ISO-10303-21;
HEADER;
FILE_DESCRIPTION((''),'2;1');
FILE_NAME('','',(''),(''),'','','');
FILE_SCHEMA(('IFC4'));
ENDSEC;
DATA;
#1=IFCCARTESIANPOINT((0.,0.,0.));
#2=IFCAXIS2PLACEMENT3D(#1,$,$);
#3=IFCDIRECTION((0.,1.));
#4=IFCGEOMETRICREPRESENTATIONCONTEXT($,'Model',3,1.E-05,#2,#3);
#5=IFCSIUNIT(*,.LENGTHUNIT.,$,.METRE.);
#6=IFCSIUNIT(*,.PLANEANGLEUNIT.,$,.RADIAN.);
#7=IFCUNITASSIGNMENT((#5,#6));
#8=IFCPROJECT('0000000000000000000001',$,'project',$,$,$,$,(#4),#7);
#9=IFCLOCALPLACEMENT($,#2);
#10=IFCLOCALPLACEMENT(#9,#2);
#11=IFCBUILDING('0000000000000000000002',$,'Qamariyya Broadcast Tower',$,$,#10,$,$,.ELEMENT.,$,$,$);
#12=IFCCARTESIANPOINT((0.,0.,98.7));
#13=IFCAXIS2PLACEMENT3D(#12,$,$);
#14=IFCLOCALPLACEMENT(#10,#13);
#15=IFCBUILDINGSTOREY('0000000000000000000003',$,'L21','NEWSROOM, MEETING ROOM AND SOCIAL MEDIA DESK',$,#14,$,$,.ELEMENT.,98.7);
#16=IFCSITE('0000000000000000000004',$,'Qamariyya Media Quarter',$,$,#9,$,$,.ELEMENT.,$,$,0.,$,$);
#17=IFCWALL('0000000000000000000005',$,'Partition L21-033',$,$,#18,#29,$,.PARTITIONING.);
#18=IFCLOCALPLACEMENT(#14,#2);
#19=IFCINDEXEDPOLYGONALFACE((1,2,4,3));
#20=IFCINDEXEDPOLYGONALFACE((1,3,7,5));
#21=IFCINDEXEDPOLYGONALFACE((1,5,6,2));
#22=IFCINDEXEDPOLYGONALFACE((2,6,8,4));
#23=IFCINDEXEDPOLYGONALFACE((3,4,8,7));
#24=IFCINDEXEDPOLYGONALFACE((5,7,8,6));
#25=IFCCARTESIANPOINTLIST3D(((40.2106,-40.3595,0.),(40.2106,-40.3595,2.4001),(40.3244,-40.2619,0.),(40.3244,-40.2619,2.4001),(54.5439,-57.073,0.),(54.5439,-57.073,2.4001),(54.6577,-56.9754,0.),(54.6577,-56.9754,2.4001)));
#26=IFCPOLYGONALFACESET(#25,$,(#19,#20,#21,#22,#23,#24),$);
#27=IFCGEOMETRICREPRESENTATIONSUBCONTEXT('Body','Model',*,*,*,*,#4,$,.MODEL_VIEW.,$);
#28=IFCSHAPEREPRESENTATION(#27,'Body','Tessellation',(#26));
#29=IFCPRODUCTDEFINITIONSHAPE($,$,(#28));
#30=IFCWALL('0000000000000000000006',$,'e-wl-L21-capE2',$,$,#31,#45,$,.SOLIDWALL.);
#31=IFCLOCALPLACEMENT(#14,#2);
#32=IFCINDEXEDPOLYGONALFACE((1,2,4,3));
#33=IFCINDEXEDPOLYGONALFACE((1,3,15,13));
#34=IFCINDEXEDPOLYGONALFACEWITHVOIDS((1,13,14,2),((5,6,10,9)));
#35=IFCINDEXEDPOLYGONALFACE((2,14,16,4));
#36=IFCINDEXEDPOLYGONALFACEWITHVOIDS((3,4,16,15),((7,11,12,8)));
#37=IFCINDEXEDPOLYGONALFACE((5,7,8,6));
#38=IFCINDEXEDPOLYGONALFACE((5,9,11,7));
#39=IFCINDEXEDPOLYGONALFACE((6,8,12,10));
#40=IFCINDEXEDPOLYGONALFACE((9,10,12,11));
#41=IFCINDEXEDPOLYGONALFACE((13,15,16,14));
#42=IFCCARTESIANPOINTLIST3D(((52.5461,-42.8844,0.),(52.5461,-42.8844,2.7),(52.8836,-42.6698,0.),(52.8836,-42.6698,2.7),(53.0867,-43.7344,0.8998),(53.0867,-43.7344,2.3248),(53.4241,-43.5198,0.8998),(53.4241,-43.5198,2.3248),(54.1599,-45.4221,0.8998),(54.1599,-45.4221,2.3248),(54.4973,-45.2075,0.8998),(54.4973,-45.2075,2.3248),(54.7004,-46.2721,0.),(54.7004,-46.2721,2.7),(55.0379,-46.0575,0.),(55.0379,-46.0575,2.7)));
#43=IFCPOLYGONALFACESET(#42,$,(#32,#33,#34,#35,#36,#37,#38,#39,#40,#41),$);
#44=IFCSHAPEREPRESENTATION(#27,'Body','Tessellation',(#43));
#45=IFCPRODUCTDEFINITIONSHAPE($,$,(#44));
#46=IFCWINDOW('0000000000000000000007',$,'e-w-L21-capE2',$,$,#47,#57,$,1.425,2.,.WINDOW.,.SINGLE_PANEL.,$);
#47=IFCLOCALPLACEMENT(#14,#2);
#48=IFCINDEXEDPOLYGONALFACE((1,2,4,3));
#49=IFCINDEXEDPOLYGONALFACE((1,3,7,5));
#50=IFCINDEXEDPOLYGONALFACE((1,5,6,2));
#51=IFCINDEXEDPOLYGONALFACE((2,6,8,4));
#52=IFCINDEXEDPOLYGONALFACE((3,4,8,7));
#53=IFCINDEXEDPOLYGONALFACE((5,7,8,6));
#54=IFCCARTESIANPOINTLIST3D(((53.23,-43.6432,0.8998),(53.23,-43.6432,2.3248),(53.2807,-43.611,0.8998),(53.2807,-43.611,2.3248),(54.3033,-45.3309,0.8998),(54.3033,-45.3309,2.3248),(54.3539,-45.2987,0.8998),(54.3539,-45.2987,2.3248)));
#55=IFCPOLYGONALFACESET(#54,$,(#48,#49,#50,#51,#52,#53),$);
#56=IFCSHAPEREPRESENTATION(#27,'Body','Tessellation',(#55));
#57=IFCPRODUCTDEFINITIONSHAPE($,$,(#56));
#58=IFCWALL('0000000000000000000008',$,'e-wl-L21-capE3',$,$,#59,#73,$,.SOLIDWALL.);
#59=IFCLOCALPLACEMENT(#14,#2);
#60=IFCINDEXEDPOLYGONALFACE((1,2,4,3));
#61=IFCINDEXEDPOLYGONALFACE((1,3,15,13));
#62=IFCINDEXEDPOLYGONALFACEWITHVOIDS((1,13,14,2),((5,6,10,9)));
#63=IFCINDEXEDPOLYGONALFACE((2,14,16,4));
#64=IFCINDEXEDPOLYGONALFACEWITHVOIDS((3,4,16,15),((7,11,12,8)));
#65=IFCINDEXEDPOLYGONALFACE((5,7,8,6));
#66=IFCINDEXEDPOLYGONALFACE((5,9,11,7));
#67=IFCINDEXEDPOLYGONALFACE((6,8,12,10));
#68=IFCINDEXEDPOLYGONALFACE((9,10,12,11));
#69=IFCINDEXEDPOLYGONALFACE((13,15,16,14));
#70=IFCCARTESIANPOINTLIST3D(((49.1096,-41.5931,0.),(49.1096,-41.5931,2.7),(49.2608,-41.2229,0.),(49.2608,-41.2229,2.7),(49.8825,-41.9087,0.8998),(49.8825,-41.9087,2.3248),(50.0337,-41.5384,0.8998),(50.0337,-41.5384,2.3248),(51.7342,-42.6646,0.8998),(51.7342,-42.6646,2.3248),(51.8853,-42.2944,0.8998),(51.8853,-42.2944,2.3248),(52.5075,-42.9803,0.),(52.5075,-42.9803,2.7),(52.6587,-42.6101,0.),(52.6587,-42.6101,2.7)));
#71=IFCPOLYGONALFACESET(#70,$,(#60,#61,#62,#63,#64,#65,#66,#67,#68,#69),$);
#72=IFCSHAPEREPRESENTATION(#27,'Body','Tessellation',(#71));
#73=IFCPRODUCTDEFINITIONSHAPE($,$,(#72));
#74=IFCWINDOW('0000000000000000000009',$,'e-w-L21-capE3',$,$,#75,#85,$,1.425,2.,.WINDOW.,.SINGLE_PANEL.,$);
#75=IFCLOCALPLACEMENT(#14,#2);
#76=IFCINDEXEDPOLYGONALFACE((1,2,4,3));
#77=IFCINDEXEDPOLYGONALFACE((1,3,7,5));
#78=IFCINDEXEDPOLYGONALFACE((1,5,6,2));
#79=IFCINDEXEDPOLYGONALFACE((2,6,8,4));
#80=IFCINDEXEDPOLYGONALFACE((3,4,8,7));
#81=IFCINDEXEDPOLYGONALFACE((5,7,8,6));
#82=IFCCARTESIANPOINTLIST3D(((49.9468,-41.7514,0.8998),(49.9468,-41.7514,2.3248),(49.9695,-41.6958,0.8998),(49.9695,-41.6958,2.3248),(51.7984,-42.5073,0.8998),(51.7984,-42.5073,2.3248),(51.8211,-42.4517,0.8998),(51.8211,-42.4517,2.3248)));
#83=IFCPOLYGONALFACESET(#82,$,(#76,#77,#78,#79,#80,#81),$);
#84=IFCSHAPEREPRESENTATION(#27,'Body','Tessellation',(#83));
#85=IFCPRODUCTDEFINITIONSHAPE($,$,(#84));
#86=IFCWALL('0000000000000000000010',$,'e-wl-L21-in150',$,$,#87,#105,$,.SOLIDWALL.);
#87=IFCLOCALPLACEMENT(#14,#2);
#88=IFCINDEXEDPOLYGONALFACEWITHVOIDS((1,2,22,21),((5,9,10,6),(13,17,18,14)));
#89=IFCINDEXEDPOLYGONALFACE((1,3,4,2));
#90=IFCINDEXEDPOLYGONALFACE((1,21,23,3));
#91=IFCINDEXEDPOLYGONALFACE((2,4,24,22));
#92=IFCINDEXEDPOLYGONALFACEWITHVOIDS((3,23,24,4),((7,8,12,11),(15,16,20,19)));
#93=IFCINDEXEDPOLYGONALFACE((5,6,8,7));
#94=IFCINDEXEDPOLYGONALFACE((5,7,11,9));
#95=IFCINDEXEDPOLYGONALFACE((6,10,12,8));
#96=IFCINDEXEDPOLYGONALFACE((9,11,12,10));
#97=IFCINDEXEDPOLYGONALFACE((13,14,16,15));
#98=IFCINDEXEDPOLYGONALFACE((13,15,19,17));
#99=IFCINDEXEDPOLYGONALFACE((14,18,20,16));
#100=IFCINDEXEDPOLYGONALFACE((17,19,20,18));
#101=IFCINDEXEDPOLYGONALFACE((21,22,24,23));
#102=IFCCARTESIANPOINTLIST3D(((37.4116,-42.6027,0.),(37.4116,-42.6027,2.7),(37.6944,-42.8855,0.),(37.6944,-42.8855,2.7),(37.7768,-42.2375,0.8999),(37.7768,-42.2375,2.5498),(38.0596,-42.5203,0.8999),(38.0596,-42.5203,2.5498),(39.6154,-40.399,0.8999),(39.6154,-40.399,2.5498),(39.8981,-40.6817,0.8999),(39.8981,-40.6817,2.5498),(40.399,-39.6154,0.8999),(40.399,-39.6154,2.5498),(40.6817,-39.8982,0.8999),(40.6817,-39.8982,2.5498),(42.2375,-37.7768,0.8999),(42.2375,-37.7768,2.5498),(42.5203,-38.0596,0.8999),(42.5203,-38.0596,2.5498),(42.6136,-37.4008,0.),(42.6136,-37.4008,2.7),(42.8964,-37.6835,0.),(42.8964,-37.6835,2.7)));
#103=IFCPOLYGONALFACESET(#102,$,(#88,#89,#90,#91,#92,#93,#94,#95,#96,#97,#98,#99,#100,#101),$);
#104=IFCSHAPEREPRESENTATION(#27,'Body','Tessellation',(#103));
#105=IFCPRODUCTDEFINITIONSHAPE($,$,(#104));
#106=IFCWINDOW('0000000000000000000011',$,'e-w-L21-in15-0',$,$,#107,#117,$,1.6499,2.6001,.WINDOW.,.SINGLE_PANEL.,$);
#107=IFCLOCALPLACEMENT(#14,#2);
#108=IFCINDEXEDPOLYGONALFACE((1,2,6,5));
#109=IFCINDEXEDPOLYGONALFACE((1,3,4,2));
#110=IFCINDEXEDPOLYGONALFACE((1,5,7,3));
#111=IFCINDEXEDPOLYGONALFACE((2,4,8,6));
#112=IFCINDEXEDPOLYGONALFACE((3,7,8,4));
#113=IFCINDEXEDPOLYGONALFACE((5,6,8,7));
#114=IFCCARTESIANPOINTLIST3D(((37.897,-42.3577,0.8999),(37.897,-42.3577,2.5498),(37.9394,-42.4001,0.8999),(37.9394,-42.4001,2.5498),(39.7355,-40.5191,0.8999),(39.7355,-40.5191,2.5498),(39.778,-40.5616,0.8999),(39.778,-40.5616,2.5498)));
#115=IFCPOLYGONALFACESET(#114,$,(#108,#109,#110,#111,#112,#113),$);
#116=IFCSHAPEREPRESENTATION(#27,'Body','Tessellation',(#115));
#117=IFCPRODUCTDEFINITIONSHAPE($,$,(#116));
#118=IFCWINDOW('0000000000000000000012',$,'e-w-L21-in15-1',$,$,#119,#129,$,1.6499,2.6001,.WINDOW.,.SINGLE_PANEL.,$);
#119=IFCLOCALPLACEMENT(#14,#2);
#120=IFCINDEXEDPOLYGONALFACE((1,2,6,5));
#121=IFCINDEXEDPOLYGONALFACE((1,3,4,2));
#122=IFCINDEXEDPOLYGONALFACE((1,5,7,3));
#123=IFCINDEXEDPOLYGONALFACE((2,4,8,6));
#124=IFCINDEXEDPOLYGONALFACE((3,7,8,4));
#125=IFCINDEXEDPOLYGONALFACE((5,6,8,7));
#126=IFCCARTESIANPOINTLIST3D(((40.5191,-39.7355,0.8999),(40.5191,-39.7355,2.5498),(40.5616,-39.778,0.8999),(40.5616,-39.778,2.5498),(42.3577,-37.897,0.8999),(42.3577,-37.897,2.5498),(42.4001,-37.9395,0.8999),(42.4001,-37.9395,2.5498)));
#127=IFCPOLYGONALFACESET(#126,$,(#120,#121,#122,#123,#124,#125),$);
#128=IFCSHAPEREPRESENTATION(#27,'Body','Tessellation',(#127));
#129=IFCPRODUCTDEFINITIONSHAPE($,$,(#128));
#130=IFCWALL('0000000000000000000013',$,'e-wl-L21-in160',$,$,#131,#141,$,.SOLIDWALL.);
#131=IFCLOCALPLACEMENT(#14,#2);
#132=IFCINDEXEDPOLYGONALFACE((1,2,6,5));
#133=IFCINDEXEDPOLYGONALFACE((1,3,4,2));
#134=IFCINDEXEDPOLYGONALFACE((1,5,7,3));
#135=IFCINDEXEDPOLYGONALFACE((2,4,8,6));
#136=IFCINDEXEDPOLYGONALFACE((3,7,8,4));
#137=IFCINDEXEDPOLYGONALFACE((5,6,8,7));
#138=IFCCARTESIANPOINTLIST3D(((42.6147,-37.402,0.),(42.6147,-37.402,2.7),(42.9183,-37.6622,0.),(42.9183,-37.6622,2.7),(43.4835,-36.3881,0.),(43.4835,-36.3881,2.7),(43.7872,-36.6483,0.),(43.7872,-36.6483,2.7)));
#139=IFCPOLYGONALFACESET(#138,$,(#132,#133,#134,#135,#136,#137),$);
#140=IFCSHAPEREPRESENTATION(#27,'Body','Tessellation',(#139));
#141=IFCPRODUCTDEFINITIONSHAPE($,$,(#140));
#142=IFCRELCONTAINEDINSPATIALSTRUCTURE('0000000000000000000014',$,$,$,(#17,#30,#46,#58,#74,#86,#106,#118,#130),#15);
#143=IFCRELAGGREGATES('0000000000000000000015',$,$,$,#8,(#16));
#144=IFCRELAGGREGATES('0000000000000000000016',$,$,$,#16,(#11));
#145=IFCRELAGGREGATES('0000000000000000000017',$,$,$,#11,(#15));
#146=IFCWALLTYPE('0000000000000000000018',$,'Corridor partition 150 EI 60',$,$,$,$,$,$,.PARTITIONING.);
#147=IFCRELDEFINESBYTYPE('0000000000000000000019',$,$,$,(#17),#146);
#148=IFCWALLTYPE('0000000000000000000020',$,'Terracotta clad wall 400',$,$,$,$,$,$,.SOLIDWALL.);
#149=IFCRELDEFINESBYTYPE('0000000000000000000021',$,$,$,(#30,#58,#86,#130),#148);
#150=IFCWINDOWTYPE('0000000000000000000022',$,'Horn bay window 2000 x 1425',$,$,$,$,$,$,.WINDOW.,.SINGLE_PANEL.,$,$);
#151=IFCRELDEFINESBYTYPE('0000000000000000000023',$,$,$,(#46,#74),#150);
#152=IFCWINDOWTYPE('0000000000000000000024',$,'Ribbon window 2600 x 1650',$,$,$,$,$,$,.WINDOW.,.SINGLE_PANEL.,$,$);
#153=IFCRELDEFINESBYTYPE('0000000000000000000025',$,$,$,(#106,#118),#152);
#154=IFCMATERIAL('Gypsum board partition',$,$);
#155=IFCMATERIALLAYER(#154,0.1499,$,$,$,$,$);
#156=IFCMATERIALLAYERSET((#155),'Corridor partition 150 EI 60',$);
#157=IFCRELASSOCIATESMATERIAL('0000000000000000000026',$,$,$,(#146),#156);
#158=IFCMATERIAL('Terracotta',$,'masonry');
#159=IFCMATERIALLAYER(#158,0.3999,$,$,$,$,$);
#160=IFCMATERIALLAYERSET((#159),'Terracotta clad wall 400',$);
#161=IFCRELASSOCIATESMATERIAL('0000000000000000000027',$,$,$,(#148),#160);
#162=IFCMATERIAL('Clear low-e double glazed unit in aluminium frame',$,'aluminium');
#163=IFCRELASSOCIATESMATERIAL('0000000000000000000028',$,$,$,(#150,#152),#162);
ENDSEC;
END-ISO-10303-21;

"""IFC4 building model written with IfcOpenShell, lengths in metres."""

from ifc_helpers import new_model, si_unit, direction, frame, frame_2d, origin, place, context, subcontext, project, spatial, rectangle, extrude, material, layer, layer_set, type_object, element, fill, save


model = new_model("IFC4")

# Units and contexts
model_context = context("Model", 3, precision=1e-05, world=origin(), true_north=direction((0.0, 1.0)))
body_context = subcontext(model_context, "Body", "Model", "MODEL_VIEW")
ifc_project = project(units=[si_unit("LENGTHUNIT", "METRE"), si_unit("PLANEANGLEUNIT", "RADIAN")], contexts=[model_context])

# Site, building, storey
site_placement = place(None, origin())
site = spatial("IfcSite", under=ifc_project, at=site_placement, Name="Qamariyya Media Quarter", CompositionType="ELEMENT", RefElevation=0.0)
building_placement = place(site_placement, origin())
building = spatial("IfcBuilding", under=site, at=building_placement, Name="Qamariyya Broadcast Tower", CompositionType="ELEMENT")
storey_placement = place(building_placement, frame((0.0, 0.0, 98.7)))
storey = spatial("IfcBuildingStorey", under=building, at=storey_placement, Name="L21", Description="NEWSROOM, MEETING ROOM AND SOCIAL MEDIA DESK", CompositionType="ELEMENT", Elevation=98.7)

# Wall
ifc_material_1 = material(Name="Gypsum board partition")
ifc_layer_1 = layer(ifc_material_1, 0.1499)
ifc_layer_set_1 = layer_set([ifc_layer_1], Name="Corridor partition 150 EI 60")
wall_type_1 = type_object("IfcWallType", Name="Corridor partition 150 EI 60", PredefinedType="PARTITIONING", material=ifc_layer_set_1)
wall_1_placement = place(storey_placement, frame((40.2676, -40.3108, 0.0), z_axis=(0.0, 0.0, 1.0), x_axis=(0.650988, -0.759088, 0.0)))
element("IfcWall", 1, at=wall_1_placement, inside=storey, type_object=wall_type_1, Name="Partition L21-033", PredefinedType="PARTITIONING", context=body_context, shape_type="SweptSolid", body=[
    extrude(rectangle(XDim=22.0178, YDim=0.1499, at=frame_2d((11.0088, 0.0))), origin(), (0.0, 0.0, 1.0), 2.4001),
])

# Walls, openings, windows
ifc_material_2 = material(Name="Terracotta", Category="masonry")
ifc_layer_2 = layer(ifc_material_2, 0.3999)
ifc_layer_set_2 = layer_set([ifc_layer_2], Name="Terracotta clad wall 400")
wall_type_2 = type_object("IfcWallType", Name="Terracotta clad wall 400", PredefinedType="SOLIDWALL", material=ifc_layer_set_2)
wall_2_placement = place(storey_placement, frame((54.8691, -46.1648, 0.0), z_axis=(0.0, 0.0, 1.0), x_axis=(-0.536608, 0.843832, 0.0)))
wall_2 = element("IfcWall", 2, at=wall_2_placement, inside=storey, type_object=wall_type_2, Name="e-wl-L21-capE2", PredefinedType="SOLIDWALL", context=body_context, shape_type="SweptSolid", body=[
    extrude(rectangle(XDim=4.0146, YDim=0.3999, at=frame_2d((2.0073, 0.0))), origin(), (0.0, 0.0, 1.0), 2.7),
])
opening_1_placement = place(wall_2_placement, frame((1.0073, 0.0, 0.8999)))
opening_1 = element("IfcOpeningElement", 3, at=opening_1_placement, cuts=wall_2, PredefinedType="OPENING", context=body_context, shape_type="SweptSolid", body=[
    extrude(rectangle(XDim=2.0, YDim=1.425, at=frame_2d((1.0, 0.7124))), frame((0.0, 0.21, 0.0), z_axis=(0.0, -1.0, 0.0), x_axis=(1.0, 0.0, 0.0)), (0.0, 0.0, 1.0), 0.4199),
])
ifc_material_3 = material(Name="Clear low-e double glazed unit in aluminium frame", Category="aluminium")
window_type_1 = type_object("IfcWindowType", Name="Horn bay window 2000 x 1425", PartitioningType="SINGLE_PANEL", PredefinedType="WINDOW", material=ifc_material_3)
window_1_placement = place(opening_1_placement, origin())
window_1 = element("IfcWindow", 4, at=window_1_placement, inside=storey, type_object=window_type_1, Name="e-w-L21-capE2", OverallHeight=1.425, OverallWidth=2.0, PartitioningType="SINGLE_PANEL", PredefinedType="WINDOW", context=body_context, shape_type="SweptSolid", body=[
    extrude(rectangle(XDim=2.0, YDim=1.425, at=frame_2d((1.0, 0.7124))), frame((0.0, 0.03, 0.0), z_axis=(0.0, -1.0, 0.0), x_axis=(1.0, 0.0, 0.0)), (0.0, 0.0, 1.0), 0.0601),
])
fill(opening_1, window_1)
wall_3_placement = place(storey_placement, frame((52.583, -42.7952, 0.0), z_axis=(0.0, 0.0, 1.0), x_axis=(-0.92582, 0.377964, 0.0)))
wall_3 = element("IfcWall", 5, at=wall_3_placement, inside=storey, type_object=wall_type_2, Name="e-wl-L21-capE3", PredefinedType="SOLIDWALL", context=body_context, shape_type="SweptSolid", body=[
    extrude(rectangle(XDim=3.6702, YDim=0.3999, at=frame_2d((1.835, 0.0))), origin(), (0.0, 0.0, 1.0), 2.7),
])
opening_2_placement = place(wall_3_placement, frame((0.8352, 0.0, 0.8999)))
opening_2 = element("IfcOpeningElement", 6, at=opening_2_placement, cuts=wall_3, PredefinedType="OPENING", context=body_context, shape_type="SweptSolid", body=[
    extrude(rectangle(XDim=2.0, YDim=1.425, at=frame_2d((1.0, 0.7124))), frame((0.0, 0.21, 0.0), z_axis=(0.0, -1.0, 0.0), x_axis=(1.0, 0.0, 0.0)), (0.0, 0.0, 1.0), 0.4199),
])
window_2_placement = place(opening_2_placement, origin())
window_2 = element("IfcWindow", 7, at=window_2_placement, inside=storey, type_object=window_type_1, Name="e-w-L21-capE3", OverallHeight=1.425, OverallWidth=2.0, PartitioningType="SINGLE_PANEL", PredefinedType="WINDOW", context=body_context, shape_type="SweptSolid", body=[
    extrude(rectangle(XDim=2.0, YDim=1.425, at=frame_2d((1.0, 0.7124))), frame((0.0, 0.03, 0.0), z_axis=(0.0, -1.0, 0.0), x_axis=(1.0, 0.0, 0.0)), (0.0, 0.0, 1.0), 0.0601),
])
fill(opening_2, window_2)

# Wall, openings, windows
wall_4_placement = place(storey_placement, frame((42.7549, -37.5422, 0.0), z_axis=(0.0, 0.0, 1.0), x_axis=(-0.707107, -0.707107, 0.0)))
wall_4 = element("IfcWall", 8, at=wall_4_placement, inside=storey, type_object=wall_type_2, Name="e-wl-L21-in150", PredefinedType="SOLIDWALL", context=body_context, shape_type="SweptSolid", body=[
    extrude(rectangle(XDim=7.3567, YDim=0.3999, at=frame_2d((3.6782, 0.0))), origin(), (0.0, 0.0, 1.0), 2.7),
])
opening_3_placement = place(wall_4_placement, frame((4.24, 0.0, 0.8999)))
opening_3 = element("IfcOpeningElement", 9, at=opening_3_placement, cuts=wall_4, PredefinedType="OPENING", context=body_context, shape_type="SweptSolid", body=[
    extrude(rectangle(XDim=2.6001, YDim=1.6499, at=frame_2d((1.3, 0.825))), frame((0.0, 0.21, 0.0), z_axis=(0.0, -1.0, 0.0), x_axis=(1.0, 0.0, 0.0)), (0.0, 0.0, 1.0), 0.4199),
])
opening_4_placement = place(wall_4_placement, frame((0.5317, 0.0, 0.8999)))
opening_4 = element("IfcOpeningElement", 10, at=opening_4_placement, cuts=wall_4, PredefinedType="OPENING", context=body_context, shape_type="SweptSolid", body=[
    extrude(rectangle(XDim=2.6001, YDim=1.6499, at=frame_2d((1.3, 0.825))), frame((0.0, 0.21, 0.0), z_axis=(0.0, -1.0, 0.0), x_axis=(1.0, 0.0, 0.0)), (0.0, 0.0, 1.0), 0.4199),
])
window_type_2 = type_object("IfcWindowType", Name="Ribbon window 2600 x 1650", PartitioningType="SINGLE_PANEL", PredefinedType="WINDOW", material=ifc_material_3)
window_3_placement = place(opening_3_placement, origin())
window_3 = element("IfcWindow", 11, at=window_3_placement, inside=storey, type_object=window_type_2, Name="e-w-L21-in15-0", OverallHeight=1.6499, OverallWidth=2.6001, PartitioningType="SINGLE_PANEL", PredefinedType="WINDOW", context=body_context, shape_type="SweptSolid", body=[
    extrude(rectangle(XDim=2.6001, YDim=1.6499, at=frame_2d((1.3, 0.825))), frame((0.0, 0.03, 0.0), z_axis=(0.0, -1.0, 0.0), x_axis=(1.0, 0.0, 0.0)), (0.0, 0.0, 1.0), 0.0601),
])
fill(opening_3, window_3)
window_4_placement = place(opening_4_placement, origin())
window_4 = element("IfcWindow", 12, at=window_4_placement, inside=storey, type_object=window_type_2, Name="e-w-L21-in15-1", OverallHeight=1.6499, OverallWidth=2.6001, PartitioningType="SINGLE_PANEL", PredefinedType="WINDOW", context=body_context, shape_type="SweptSolid", body=[
    extrude(rectangle(XDim=2.6001, YDim=1.6499, at=frame_2d((1.3, 0.825))), frame((0.0, 0.03, 0.0), z_axis=(0.0, -1.0, 0.0), x_axis=(1.0, 0.0, 0.0)), (0.0, 0.0, 1.0), 0.0601),
])
fill(opening_4, window_4)

# Wall
wall_5_placement = place(storey_placement, frame((43.6353, -36.5183, 0.0), z_axis=(0.0, 0.0, 1.0), x_axis=(-0.650716, -0.759321, 0.0)))
element("IfcWall", 13, at=wall_5_placement, inside=storey, type_object=wall_type_2, Name="e-wl-L21-in160", PredefinedType="SOLIDWALL", context=body_context, shape_type="SweptSolid", body=[
    extrude(rectangle(XDim=1.3352, YDim=0.3999, at=frame_2d((0.6675, 0.0))), origin(), (0.0, 0.0, 1.0), 2.7),
])

save(model, "model.ifc")
